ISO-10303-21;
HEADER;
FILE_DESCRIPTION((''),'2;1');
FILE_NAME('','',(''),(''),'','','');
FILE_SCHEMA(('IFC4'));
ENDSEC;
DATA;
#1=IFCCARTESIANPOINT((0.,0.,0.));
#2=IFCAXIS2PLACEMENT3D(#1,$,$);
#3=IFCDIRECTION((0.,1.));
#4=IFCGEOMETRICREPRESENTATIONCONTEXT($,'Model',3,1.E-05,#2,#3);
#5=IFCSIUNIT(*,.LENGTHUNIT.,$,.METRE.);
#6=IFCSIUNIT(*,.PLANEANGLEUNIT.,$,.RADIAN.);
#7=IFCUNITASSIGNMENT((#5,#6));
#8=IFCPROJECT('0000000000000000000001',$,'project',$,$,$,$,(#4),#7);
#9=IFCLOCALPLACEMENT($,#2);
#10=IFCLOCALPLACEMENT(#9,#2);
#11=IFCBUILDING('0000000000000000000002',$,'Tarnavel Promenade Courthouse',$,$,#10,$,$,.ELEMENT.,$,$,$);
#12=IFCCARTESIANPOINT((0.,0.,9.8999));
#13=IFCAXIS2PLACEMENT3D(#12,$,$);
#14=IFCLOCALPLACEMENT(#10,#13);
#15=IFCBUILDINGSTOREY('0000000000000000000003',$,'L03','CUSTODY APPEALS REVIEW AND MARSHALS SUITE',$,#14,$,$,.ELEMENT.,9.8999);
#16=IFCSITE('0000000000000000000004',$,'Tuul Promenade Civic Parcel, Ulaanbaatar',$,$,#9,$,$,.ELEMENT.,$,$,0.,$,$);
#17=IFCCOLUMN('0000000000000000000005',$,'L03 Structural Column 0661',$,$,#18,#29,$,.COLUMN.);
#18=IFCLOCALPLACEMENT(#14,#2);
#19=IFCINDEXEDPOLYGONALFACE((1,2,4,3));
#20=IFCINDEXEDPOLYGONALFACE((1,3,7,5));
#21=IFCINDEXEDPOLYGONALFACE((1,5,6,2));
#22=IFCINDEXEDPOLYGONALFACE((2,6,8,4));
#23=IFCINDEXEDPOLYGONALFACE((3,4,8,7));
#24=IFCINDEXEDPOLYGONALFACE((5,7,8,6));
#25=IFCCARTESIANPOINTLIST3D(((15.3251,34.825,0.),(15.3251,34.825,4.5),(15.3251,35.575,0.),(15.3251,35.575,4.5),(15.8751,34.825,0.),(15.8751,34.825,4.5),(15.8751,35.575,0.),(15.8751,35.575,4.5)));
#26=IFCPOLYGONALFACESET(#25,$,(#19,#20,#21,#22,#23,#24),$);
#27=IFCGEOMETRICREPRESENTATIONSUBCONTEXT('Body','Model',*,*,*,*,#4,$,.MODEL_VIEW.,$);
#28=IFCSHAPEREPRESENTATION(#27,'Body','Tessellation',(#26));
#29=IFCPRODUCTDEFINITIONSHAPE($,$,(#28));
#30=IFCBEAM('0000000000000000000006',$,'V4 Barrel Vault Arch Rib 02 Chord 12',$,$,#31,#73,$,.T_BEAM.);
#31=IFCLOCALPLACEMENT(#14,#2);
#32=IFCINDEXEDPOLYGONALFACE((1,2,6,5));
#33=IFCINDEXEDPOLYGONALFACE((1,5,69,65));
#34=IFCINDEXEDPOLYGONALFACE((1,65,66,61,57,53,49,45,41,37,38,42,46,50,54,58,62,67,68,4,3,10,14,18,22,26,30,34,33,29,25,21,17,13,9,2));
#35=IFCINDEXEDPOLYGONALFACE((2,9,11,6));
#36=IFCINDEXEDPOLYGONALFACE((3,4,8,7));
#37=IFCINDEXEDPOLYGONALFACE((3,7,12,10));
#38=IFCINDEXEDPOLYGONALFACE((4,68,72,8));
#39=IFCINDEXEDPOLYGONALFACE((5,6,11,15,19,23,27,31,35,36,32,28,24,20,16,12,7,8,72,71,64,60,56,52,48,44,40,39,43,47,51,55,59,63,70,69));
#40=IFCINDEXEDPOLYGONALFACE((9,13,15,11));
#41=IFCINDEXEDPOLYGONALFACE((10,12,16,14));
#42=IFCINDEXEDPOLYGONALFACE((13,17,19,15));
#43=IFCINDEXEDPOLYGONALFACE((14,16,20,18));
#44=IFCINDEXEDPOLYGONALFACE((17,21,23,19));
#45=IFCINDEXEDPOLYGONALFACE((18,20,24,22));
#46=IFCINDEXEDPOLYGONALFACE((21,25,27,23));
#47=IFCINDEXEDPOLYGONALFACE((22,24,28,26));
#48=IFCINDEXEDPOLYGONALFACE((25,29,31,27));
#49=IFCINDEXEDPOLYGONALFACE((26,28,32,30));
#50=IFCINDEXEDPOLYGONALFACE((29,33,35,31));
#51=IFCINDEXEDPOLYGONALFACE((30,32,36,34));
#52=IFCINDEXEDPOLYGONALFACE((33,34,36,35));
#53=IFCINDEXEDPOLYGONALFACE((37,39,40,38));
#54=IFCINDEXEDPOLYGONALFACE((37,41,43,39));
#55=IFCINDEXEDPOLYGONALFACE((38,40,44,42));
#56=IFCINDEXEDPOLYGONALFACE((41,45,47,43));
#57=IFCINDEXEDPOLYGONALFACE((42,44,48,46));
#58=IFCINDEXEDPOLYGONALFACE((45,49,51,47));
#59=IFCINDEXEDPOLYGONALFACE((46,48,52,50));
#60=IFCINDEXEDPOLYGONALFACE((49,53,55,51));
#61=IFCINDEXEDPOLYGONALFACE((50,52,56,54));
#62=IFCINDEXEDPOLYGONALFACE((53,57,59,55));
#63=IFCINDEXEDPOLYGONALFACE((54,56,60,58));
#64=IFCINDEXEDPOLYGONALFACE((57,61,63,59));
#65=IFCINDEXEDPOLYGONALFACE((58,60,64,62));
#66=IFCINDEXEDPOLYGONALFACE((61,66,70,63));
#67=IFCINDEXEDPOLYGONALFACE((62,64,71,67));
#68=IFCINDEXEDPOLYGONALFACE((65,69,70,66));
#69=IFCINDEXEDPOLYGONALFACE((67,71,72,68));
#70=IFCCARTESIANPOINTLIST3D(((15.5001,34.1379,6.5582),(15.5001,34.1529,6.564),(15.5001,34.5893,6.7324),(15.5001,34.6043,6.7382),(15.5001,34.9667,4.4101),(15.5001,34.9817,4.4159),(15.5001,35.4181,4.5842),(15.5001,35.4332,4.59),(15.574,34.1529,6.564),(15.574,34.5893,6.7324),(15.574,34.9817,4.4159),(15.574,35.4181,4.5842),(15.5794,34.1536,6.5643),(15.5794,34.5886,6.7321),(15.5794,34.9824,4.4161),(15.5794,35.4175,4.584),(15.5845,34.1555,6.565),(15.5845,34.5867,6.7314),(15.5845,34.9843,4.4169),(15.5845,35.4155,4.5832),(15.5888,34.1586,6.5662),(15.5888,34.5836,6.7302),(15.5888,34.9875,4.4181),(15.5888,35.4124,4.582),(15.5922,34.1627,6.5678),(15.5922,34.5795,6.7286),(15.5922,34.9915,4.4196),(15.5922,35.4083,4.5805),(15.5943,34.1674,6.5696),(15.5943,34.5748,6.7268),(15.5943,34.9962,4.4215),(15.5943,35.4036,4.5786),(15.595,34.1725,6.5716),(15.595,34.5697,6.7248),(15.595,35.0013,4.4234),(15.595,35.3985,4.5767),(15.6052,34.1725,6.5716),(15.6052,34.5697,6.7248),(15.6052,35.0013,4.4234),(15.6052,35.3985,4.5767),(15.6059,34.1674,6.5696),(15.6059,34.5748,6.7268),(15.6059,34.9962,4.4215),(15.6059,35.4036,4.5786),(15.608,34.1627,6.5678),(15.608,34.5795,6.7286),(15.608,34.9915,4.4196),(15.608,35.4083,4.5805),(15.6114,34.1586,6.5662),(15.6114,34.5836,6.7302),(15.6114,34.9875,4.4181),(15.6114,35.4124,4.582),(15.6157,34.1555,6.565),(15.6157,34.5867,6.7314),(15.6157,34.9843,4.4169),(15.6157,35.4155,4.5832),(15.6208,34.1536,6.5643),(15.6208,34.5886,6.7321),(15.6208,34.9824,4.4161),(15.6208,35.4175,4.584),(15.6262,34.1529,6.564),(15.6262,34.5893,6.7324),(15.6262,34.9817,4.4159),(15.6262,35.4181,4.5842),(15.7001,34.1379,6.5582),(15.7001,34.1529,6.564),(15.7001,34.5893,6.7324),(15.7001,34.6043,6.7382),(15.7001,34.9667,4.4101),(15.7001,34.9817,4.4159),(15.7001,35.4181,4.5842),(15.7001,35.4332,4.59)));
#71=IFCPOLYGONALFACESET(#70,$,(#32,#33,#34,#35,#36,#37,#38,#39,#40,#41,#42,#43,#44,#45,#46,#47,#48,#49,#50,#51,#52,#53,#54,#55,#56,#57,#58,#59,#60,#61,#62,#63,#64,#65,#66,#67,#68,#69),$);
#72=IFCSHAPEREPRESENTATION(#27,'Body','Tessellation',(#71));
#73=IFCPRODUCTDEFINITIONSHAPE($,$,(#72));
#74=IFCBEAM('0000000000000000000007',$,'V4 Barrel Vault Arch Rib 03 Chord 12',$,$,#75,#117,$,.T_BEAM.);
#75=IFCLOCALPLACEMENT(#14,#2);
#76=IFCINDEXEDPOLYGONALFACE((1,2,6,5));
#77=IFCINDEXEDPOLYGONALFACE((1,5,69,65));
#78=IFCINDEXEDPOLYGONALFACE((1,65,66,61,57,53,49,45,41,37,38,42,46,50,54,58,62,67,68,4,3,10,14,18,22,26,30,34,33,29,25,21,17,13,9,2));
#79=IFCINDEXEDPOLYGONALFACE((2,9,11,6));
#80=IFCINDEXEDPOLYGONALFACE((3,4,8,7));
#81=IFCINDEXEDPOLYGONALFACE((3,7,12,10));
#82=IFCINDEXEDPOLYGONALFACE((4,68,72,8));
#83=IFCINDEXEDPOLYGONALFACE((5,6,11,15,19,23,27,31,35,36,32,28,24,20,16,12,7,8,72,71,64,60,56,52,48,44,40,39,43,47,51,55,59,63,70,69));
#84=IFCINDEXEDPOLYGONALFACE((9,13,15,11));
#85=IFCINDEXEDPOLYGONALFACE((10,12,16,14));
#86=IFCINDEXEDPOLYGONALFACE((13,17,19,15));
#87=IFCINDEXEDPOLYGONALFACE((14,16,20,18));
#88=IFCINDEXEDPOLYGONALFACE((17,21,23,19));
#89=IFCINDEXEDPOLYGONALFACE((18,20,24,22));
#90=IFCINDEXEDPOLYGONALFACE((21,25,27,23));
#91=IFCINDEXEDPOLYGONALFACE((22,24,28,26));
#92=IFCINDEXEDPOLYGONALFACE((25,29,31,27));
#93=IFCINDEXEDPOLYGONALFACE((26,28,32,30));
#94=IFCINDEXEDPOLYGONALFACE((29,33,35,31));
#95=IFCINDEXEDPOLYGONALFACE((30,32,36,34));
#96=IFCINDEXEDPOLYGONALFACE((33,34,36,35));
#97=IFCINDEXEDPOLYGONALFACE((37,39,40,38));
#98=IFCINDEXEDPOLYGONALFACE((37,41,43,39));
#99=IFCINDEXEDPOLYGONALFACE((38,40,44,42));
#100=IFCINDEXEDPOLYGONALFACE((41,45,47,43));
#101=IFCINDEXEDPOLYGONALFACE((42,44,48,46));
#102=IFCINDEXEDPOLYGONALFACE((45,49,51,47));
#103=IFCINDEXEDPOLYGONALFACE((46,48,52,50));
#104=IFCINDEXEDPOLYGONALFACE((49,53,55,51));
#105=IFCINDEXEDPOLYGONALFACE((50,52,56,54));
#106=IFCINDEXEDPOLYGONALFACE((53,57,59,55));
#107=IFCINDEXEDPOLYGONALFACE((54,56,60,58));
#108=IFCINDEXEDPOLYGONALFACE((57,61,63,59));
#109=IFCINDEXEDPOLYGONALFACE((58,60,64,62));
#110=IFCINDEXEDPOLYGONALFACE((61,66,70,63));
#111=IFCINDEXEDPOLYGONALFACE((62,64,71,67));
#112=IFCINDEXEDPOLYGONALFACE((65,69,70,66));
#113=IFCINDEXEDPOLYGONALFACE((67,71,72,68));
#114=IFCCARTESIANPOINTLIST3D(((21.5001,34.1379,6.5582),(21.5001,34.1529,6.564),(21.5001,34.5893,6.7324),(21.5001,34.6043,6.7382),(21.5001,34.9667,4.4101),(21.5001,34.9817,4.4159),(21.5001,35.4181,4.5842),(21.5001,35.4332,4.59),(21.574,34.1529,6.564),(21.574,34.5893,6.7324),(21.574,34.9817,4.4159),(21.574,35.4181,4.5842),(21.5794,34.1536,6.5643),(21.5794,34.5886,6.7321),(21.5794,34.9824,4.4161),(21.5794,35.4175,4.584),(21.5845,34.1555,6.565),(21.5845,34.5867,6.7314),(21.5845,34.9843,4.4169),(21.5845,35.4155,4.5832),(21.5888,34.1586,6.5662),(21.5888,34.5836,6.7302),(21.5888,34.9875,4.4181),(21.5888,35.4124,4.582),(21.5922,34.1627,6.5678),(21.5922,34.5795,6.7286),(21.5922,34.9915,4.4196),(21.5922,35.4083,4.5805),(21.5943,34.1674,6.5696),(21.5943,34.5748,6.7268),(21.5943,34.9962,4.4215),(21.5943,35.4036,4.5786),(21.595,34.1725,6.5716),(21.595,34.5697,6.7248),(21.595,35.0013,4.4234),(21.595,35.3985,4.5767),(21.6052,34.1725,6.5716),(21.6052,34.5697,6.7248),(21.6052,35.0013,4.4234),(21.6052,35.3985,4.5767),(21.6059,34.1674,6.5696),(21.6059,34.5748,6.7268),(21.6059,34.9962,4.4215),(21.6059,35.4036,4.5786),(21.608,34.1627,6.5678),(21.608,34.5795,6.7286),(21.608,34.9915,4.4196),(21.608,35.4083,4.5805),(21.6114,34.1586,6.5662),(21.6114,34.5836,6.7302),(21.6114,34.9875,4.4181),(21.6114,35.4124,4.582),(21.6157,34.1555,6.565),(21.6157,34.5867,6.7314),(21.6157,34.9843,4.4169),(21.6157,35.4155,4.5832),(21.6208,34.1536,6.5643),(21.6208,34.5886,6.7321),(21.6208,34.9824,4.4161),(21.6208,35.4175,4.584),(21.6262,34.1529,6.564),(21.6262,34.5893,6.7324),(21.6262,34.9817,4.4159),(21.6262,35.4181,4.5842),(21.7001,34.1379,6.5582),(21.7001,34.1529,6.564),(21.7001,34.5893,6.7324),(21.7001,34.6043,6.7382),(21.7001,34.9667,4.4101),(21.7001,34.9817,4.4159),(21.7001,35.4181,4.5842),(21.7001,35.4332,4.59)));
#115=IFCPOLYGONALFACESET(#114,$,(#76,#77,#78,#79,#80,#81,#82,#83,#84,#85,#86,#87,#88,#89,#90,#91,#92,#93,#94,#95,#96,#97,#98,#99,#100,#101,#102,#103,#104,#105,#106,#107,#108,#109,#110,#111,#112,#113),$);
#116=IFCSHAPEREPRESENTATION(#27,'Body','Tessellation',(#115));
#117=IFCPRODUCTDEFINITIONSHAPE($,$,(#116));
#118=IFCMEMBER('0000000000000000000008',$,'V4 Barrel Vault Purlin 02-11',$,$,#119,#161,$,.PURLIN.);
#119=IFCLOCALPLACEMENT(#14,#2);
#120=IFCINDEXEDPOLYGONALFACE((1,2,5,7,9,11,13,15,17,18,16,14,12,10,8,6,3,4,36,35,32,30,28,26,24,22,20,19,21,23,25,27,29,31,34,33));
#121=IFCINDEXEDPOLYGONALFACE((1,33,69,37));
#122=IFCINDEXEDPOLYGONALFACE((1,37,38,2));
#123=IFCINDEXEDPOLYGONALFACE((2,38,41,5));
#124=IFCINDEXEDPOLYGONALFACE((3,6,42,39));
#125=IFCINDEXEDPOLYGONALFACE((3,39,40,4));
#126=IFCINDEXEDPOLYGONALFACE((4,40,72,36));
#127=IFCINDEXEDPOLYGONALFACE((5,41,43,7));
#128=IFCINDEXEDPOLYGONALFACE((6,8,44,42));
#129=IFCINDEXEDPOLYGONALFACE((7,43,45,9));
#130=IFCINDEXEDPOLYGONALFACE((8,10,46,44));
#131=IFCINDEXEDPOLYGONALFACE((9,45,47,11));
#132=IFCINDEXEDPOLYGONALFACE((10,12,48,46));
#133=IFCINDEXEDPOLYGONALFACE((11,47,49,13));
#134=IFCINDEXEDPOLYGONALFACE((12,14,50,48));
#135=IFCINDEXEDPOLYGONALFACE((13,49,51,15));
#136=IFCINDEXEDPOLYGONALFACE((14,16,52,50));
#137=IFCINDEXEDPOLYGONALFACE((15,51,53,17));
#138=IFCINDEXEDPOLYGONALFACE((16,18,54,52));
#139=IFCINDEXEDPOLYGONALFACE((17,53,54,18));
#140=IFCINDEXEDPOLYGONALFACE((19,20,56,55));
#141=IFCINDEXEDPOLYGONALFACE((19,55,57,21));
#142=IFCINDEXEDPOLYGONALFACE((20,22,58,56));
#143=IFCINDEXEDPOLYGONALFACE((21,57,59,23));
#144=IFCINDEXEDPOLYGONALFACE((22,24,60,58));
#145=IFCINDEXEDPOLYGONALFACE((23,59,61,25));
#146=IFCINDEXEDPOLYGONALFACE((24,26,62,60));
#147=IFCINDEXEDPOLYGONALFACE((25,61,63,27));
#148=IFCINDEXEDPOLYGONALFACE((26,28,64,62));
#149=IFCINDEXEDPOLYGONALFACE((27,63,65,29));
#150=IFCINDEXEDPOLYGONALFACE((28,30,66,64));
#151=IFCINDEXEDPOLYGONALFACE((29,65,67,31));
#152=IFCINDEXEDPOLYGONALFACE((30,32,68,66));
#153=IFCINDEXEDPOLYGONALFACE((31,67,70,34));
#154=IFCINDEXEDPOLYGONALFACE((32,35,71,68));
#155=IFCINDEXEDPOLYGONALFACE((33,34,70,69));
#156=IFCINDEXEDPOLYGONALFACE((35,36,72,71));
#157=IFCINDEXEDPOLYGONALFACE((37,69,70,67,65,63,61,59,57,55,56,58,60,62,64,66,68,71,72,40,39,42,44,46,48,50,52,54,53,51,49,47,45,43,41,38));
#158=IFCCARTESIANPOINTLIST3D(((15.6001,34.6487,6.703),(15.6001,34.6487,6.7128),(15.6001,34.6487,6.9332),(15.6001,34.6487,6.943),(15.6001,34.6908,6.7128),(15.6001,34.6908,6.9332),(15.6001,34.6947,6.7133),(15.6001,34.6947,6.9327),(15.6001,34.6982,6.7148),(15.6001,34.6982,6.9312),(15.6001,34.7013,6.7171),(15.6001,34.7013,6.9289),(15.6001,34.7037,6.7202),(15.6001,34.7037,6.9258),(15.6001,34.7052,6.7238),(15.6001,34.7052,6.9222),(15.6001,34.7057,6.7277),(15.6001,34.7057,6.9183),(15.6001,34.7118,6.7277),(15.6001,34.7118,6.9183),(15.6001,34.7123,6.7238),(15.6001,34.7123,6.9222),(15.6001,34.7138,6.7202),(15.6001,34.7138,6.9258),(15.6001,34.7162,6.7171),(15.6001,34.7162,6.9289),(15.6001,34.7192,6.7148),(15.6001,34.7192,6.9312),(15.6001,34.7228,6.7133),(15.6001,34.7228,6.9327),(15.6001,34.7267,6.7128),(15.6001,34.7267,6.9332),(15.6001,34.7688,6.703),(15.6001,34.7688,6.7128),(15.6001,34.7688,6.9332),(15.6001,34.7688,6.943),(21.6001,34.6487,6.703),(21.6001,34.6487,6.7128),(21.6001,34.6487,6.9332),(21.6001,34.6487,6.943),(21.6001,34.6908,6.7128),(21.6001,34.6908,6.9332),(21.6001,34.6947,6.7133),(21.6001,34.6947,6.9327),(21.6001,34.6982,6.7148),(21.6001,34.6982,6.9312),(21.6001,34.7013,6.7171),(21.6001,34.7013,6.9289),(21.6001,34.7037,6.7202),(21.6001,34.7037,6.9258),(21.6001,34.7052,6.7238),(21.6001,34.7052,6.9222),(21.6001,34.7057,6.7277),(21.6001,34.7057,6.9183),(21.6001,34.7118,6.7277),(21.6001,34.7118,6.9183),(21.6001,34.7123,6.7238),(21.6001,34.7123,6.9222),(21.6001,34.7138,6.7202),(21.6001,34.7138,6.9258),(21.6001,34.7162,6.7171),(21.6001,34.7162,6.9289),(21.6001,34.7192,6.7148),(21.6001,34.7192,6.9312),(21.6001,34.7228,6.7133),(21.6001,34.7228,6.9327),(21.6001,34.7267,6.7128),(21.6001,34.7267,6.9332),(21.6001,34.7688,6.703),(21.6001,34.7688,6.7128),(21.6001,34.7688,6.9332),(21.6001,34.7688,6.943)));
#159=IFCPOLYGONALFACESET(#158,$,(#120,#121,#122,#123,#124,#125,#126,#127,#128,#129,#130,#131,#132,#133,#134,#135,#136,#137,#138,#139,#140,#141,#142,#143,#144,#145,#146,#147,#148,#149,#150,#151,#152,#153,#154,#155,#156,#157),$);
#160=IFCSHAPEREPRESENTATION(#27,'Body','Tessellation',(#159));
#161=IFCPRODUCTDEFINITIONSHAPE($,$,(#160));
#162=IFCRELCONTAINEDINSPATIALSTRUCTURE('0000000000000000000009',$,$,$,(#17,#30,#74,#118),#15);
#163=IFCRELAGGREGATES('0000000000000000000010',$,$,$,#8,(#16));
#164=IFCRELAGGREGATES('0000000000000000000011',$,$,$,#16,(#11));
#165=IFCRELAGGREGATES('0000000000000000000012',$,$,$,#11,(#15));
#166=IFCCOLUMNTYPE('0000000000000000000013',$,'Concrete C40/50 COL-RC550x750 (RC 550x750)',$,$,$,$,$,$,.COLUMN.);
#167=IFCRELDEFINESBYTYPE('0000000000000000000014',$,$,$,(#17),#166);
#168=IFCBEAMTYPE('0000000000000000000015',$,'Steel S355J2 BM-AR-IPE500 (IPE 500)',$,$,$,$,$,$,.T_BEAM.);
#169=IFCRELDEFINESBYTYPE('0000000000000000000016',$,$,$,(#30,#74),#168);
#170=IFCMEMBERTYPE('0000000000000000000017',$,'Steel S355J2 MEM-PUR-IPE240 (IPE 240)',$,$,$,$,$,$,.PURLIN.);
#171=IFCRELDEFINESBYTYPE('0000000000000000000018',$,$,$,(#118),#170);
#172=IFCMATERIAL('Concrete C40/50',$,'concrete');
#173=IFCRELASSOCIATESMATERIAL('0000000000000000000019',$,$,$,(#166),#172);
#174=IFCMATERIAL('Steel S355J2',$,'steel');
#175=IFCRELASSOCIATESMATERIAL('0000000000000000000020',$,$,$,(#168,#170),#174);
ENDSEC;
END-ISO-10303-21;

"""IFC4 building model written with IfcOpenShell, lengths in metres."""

from ifc_helpers import new_model, si_unit, direction, frame, origin, origin_2d, place, context, subcontext, project, spatial, rectangle, i_section, extrude, material, material_profile, profile_set, type_object, element, save


model = new_model("IFC4")

# Units and contexts
model_context = context("Model", 3, precision=1e-05, world=origin(), true_north=direction((0.0, 1.0)))
body_context = subcontext(model_context, "Body", "Model", "MODEL_VIEW")
ifc_project = project(units=[si_unit("LENGTHUNIT", "METRE"), si_unit("PLANEANGLEUNIT", "RADIAN")], contexts=[model_context])

# Site, building, storey
site_placement = place(None, origin())
site = spatial("IfcSite", under=ifc_project, at=site_placement, Name="Tuul Promenade Civic Parcel, Ulaanbaatar", CompositionType="ELEMENT", RefElevation=0.0)
building_placement = place(site_placement, origin())
building = spatial("IfcBuilding", under=site, at=building_placement, Name="Tarnavel Promenade Courthouse", CompositionType="ELEMENT")
storey_placement = place(building_placement, frame((0.0, 0.0, 9.8999)))
storey = spatial("IfcBuildingStorey", under=building, at=storey_placement, Name="L03", Description="CUSTODY APPEALS REVIEW AND MARSHALS SUITE", CompositionType="ELEMENT", Elevation=9.8999)

# Column
ifc_material_1 = material(Name="Concrete C40/50", Category="concrete")
ifc_material_profile_1 = material_profile(ifc_material_1, rectangle(XDim=0.55, YDim=0.75, at=origin_2d()), Name="RC 550x750")
ifc_profile_set_1 = profile_set([ifc_material_profile_1], Name="Concrete C40/50")
column_type = type_object("IfcColumnType", Name="Concrete C40/50 COL-RC550x750 (RC 550x750)", PredefinedType="COLUMN", material=ifc_profile_set_1)
column_placement = place(storey_placement, frame((15.6001, 35.2, 0.0), z_axis=(0.0, 0.0, 1.0), x_axis=(1.0, 0.0, 0.0)))
element("IfcColumn", 1, at=column_placement, inside=storey, type_object=column_type, Name="L03 Structural Column 0661", PredefinedType="COLUMN", context=body_context, shape_type="SweptSolid", body=[
    extrude(rectangle(XDim=0.55, YDim=0.75, at=origin_2d()), origin(), (0.0, 0.0, 1.0), 4.5),
])

# Beams
ifc_material_2 = material(Name="Steel S355J2", Category="steel")
ifc_material_profile_2 = material_profile(ifc_material_2, i_section(OverallWidth=0.2, OverallDepth=0.5, WebThickness=0.0103, FlangeThickness=0.0161, FilletRadius=0.021, at=origin_2d()), Name="IPE 500")
ifc_profile_set_2 = profile_set([ifc_material_profile_2], Name="Steel S355J2")
beam_type = type_object("IfcBeamType", Name="Steel S355J2 BM-AR-IPE500 (IPE 500)", PredefinedType="T_BEAM", material=ifc_profile_set_2)
for number, where, z_axis, x_axis, name in (
    (2, (15.6001, 34.3711, 6.6482), (0.0, 0.359974, -0.932962), (-1.0, 0.0, 0.0), "V4 Barrel Vault Arch Rib 02 Chord 12"),
    (3, (21.6001, 34.3711, 6.6482), (0.0, 0.359974, -0.932962), (-1.0, 0.0, 0.0), "V4 Barrel Vault Arch Rib 03 Chord 12"),
):
    element("IfcBeam", number, at=place(storey_placement, frame(where, z_axis=z_axis, x_axis=x_axis)), inside=storey, type_object=beam_type, Name=name, PredefinedType="T_BEAM", context=body_context, shape_type="SweptSolid", body=[
        extrude(i_section(OverallWidth=0.2, OverallDepth=0.5, WebThickness=0.0103, FlangeThickness=0.0161, FilletRadius=0.021, at=origin_2d()), origin(), (0.0, 0.0, 1.0), 2.3025),
    ])

# Member
ifc_material_profile_3 = material_profile(ifc_material_2, i_section(OverallWidth=0.1201, OverallDepth=0.24, WebThickness=0.0061, FlangeThickness=0.0098, FilletRadius=0.0149, at=origin_2d()), Name="IPE 240")
ifc_profile_set_3 = profile_set([ifc_material_profile_3], Name="Steel S355J2")
member_type_1 = type_object("IfcMemberType", Name="Steel S355J2 MEM-PUR-IPE240 (IPE 240)", PredefinedType="PURLIN", material=ifc_profile_set_3)
for number, where, z_axis, x_axis, name in (
    (4, (15.6001, 34.7087, 6.823), (1.0, 0.0, 0.0), (0.0, 1.0, 0.0), "V4 Barrel Vault Purlin 02-11"),
):
    element("IfcMember", number, at=place(storey_placement, frame(where, z_axis=z_axis, x_axis=x_axis)), inside=storey, type_object=member_type_1, Name=name, PredefinedType="PURLIN", context=body_context, shape_type="SweptSolid", body=[
        extrude(i_section(OverallWidth=0.1201, OverallDepth=0.24, WebThickness=0.0061, FlangeThickness=0.0098, FilletRadius=0.0149, at=origin_2d()), origin(), (0.0, 0.0, 1.0), 6.0),
    ])

save(model, "model.ifc")
